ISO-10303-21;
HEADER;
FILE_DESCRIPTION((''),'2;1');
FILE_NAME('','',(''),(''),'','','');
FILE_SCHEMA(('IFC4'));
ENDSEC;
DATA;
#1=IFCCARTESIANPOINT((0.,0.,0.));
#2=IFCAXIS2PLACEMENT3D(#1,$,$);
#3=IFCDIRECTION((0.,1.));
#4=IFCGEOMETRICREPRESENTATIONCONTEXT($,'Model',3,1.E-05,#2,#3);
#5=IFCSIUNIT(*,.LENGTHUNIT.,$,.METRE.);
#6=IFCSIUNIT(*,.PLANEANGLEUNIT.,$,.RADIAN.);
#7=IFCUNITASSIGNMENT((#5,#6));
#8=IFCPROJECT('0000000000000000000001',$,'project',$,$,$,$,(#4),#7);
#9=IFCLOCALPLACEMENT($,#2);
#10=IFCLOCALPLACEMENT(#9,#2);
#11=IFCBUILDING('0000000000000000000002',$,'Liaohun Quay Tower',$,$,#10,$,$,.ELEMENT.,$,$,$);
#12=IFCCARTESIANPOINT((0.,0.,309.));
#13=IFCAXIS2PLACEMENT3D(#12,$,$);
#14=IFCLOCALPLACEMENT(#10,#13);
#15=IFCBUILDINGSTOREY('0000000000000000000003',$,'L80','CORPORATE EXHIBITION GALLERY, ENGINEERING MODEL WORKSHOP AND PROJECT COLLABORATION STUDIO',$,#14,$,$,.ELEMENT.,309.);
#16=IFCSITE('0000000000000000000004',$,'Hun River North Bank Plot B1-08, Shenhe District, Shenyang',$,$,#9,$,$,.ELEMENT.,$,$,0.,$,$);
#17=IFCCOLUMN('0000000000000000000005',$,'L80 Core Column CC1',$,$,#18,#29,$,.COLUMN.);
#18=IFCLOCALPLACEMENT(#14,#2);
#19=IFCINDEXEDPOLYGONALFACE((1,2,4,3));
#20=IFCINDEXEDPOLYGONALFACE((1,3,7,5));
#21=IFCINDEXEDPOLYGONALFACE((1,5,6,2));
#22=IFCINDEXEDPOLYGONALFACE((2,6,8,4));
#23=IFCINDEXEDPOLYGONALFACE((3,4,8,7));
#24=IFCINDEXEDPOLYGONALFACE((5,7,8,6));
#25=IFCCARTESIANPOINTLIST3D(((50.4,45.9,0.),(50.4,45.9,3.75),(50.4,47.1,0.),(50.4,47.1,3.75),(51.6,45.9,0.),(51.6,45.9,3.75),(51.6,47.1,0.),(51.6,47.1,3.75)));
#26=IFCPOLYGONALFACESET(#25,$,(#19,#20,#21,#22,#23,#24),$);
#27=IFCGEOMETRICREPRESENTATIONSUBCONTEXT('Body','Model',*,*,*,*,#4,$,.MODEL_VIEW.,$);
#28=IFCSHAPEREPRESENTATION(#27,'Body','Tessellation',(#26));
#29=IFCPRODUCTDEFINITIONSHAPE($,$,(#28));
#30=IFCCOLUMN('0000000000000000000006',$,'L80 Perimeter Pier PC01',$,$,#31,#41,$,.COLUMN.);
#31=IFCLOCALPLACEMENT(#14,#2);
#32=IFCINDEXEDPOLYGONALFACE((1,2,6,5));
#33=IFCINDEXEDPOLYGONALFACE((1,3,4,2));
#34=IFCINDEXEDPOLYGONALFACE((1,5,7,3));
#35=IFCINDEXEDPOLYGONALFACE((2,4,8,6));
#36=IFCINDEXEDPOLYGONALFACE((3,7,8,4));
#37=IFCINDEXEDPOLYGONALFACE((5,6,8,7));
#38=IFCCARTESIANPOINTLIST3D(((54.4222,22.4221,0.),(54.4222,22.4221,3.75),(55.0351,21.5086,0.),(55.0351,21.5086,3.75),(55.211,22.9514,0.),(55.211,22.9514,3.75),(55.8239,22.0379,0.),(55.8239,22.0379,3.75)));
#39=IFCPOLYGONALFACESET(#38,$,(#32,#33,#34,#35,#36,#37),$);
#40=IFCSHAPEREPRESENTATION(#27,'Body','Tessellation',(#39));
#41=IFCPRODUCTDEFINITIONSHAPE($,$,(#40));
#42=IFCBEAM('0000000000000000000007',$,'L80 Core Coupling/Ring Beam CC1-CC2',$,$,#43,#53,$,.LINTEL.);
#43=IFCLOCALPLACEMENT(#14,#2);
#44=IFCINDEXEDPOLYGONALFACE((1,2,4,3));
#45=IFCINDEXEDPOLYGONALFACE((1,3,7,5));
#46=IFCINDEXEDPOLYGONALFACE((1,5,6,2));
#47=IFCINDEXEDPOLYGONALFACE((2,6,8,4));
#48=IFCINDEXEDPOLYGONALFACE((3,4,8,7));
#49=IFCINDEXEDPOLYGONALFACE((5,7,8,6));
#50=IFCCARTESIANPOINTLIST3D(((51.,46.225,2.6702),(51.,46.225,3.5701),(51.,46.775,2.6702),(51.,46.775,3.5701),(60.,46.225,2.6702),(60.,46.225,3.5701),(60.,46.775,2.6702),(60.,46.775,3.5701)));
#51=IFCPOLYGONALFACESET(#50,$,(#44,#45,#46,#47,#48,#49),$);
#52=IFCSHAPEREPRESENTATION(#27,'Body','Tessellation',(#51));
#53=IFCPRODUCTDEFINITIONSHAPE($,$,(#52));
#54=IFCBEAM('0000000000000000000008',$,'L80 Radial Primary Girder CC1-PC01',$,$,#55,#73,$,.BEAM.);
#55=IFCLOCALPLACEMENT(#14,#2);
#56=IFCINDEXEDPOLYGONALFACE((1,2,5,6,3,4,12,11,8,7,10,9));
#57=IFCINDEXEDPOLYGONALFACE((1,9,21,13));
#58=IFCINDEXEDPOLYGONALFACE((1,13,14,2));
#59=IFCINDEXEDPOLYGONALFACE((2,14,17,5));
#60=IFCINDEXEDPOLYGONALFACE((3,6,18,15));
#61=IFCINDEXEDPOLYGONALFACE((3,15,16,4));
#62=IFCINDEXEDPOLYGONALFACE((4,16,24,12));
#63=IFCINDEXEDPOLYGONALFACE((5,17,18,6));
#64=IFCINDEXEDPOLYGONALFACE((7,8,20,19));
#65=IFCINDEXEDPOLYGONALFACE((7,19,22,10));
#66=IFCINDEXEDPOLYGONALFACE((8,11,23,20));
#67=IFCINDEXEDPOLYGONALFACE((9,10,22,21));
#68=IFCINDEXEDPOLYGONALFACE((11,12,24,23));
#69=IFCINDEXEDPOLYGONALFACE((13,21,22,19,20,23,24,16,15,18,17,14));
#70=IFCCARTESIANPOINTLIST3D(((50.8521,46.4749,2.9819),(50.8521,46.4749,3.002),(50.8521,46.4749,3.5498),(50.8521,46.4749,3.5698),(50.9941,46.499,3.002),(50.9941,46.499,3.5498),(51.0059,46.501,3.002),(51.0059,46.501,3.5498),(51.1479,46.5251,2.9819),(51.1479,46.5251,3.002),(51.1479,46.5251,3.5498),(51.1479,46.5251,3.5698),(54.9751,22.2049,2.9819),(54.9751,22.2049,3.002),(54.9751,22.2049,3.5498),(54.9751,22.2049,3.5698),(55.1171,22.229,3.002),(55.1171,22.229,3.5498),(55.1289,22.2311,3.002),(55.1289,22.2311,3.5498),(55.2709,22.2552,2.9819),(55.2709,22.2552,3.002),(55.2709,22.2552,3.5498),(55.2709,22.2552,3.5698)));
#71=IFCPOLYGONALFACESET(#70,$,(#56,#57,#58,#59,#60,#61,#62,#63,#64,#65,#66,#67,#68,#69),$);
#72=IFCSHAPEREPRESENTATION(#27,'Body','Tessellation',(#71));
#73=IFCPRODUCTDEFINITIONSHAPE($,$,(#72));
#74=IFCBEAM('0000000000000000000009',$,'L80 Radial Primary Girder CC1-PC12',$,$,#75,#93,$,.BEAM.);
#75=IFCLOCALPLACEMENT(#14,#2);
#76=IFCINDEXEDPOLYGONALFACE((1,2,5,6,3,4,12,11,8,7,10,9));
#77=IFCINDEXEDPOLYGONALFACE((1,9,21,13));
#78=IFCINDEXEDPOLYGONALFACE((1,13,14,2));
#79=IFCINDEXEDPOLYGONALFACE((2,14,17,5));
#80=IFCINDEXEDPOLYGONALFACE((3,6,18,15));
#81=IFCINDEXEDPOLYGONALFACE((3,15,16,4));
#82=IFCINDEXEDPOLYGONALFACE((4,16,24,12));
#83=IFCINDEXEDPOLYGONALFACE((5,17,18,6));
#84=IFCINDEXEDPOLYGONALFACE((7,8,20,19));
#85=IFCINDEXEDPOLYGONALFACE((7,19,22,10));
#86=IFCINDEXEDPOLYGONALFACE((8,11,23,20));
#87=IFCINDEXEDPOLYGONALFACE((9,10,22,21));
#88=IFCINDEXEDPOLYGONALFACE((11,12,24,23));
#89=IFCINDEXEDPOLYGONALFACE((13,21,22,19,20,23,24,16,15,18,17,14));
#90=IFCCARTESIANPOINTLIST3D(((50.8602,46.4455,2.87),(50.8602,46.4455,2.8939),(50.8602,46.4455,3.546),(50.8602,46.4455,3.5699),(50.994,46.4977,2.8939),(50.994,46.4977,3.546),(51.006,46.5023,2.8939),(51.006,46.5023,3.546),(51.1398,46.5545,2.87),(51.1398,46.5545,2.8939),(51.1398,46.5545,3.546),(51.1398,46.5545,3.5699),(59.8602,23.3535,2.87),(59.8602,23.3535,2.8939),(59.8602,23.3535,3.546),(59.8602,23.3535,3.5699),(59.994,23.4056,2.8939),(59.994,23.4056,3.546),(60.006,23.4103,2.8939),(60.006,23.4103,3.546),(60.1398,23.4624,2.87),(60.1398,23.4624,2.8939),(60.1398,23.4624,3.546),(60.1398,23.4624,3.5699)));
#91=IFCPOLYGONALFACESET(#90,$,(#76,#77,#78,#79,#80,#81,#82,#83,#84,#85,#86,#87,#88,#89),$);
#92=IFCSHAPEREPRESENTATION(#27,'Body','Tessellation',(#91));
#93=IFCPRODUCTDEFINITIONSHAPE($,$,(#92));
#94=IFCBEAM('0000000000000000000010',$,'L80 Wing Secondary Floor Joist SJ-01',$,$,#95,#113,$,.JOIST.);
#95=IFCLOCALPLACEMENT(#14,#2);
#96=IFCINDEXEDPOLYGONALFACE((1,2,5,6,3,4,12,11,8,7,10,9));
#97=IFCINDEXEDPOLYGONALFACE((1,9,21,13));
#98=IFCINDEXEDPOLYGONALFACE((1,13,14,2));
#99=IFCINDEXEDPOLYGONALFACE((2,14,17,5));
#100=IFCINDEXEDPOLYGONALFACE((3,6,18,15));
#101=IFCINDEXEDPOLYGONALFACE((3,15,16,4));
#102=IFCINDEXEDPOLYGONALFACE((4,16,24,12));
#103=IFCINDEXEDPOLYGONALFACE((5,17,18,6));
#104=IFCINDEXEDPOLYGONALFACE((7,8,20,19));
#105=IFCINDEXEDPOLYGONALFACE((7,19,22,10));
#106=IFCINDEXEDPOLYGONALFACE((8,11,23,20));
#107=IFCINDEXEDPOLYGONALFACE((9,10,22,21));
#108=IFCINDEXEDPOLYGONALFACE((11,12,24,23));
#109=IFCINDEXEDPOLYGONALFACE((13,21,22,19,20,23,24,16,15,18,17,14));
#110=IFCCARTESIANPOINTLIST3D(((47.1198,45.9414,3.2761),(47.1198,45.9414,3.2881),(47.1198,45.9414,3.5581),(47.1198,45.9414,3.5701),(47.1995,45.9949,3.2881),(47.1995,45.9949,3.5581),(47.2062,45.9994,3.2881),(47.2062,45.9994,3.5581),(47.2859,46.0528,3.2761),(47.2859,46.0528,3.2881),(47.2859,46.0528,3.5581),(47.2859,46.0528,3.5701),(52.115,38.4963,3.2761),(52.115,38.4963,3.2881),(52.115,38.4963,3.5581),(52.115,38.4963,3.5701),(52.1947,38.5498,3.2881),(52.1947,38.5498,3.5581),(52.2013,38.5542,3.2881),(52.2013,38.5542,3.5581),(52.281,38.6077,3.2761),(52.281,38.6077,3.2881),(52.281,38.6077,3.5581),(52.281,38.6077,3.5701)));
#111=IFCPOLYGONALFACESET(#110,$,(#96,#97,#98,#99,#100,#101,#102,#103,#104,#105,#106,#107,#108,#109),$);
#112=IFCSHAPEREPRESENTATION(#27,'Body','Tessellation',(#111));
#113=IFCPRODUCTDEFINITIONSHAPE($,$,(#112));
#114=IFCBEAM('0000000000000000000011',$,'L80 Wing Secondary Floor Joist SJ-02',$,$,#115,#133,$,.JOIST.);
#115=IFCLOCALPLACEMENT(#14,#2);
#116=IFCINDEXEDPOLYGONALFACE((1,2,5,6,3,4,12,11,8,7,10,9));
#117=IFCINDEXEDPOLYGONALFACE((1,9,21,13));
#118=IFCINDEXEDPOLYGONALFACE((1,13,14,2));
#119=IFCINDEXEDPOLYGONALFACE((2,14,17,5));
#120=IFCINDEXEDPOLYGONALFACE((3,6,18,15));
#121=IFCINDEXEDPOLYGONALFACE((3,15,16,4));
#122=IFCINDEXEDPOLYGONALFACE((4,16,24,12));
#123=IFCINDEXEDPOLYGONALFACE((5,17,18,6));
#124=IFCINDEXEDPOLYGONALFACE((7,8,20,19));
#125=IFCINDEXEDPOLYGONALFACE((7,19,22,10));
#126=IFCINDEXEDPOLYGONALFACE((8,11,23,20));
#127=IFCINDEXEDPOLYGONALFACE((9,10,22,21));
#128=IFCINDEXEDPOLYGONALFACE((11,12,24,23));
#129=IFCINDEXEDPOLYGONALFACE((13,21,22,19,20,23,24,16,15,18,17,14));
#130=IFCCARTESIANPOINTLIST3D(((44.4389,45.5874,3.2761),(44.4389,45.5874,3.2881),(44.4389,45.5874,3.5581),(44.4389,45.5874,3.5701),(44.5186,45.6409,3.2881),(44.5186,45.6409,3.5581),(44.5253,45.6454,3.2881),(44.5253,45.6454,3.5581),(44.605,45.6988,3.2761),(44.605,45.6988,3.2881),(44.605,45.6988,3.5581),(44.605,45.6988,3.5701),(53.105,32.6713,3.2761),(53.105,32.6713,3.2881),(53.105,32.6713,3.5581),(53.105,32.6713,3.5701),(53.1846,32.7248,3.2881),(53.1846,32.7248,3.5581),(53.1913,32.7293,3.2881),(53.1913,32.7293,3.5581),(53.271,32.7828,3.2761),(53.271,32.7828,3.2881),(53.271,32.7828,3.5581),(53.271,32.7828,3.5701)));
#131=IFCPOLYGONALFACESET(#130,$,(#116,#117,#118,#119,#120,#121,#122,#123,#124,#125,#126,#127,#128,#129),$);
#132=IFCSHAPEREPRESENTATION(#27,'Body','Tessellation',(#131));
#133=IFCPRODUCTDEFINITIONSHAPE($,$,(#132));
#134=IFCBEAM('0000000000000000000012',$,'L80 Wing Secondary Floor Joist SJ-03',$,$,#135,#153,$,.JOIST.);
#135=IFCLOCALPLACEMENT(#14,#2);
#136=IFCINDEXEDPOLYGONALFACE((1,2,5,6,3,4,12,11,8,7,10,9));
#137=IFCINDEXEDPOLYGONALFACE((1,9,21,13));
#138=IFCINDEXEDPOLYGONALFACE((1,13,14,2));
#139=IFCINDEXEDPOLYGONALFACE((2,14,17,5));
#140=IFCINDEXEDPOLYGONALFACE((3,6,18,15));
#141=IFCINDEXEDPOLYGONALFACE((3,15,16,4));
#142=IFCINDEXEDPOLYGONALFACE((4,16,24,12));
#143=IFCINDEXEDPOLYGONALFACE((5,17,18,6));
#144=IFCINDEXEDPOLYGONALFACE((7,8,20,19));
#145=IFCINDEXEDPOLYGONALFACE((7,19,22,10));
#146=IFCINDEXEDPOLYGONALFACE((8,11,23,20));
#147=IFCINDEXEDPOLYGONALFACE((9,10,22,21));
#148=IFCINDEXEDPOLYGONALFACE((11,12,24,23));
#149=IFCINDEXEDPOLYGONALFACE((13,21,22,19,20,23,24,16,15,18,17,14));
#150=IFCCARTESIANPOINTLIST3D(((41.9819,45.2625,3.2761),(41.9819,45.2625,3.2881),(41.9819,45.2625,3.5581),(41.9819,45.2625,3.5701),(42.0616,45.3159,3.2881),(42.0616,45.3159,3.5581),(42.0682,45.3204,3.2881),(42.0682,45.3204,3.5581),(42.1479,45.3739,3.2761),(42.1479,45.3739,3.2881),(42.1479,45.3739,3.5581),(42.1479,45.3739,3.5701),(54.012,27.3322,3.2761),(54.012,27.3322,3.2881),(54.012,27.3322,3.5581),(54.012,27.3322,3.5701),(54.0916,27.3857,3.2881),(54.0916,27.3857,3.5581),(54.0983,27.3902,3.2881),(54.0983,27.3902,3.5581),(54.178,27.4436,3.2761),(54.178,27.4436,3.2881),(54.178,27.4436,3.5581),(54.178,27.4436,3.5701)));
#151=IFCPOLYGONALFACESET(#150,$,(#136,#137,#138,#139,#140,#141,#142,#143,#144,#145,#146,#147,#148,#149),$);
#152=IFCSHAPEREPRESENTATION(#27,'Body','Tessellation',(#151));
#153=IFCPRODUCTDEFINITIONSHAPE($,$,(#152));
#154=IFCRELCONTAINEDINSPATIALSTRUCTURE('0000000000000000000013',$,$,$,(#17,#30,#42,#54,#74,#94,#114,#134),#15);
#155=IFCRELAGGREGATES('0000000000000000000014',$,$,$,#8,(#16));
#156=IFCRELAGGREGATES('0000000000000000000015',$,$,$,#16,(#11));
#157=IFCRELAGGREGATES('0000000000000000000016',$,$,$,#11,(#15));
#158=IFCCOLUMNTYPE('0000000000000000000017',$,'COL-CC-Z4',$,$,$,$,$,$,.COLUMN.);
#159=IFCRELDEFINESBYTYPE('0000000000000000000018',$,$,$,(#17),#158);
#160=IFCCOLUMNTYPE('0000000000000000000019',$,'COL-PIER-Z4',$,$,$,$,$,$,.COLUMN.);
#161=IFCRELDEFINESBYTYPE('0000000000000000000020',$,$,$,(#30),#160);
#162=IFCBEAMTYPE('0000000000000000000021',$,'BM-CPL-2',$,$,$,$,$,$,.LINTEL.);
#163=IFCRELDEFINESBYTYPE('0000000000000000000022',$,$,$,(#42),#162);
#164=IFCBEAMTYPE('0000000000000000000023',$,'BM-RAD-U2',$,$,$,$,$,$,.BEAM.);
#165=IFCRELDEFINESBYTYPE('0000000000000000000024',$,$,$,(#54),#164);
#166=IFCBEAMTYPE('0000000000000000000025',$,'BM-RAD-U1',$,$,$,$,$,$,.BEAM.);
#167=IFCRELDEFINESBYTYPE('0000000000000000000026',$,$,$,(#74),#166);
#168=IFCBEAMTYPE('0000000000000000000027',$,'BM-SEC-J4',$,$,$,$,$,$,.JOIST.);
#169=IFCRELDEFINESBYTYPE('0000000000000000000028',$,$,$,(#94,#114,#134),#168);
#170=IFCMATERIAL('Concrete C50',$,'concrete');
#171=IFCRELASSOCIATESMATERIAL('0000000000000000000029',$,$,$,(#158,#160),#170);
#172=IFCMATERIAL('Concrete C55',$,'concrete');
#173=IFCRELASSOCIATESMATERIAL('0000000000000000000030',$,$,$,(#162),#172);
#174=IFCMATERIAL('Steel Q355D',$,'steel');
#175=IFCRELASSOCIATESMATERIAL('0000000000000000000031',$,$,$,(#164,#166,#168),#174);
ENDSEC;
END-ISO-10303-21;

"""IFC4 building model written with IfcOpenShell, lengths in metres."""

from ifc_helpers import new_model, si_unit, direction, frame, origin, origin_2d, place, context, subcontext, project, spatial, rectangle, i_section, extrude, source, transform, mapped, material, material_profile, profile_set, type_object, element, save


model = new_model("IFC4")

# Units and contexts
model_context = context("Model", 3, precision=1e-05, world=origin(), true_north=direction((0.0, 1.0)))
body_context = subcontext(model_context, "Body", "Model", "MODEL_VIEW")
ifc_project = project(units=[si_unit("LENGTHUNIT", "METRE"), si_unit("PLANEANGLEUNIT", "RADIAN")], contexts=[model_context])

# Site, building, storey
site_placement = place(None, origin())
site = spatial("IfcSite", under=ifc_project, at=site_placement, Name="Hun River North Bank Plot B1-08, Shenhe District, Shenyang", CompositionType="ELEMENT", RefElevation=0.0)
building_placement = place(site_placement, origin())
building = spatial("IfcBuilding", under=site, at=building_placement, Name="Liaohun Quay Tower", CompositionType="ELEMENT")
storey_placement = place(building_placement, frame((0.0, 0.0, 309.0)))
storey = spatial("IfcBuildingStorey", under=building, at=storey_placement, Name="L80", Description="CORPORATE EXHIBITION GALLERY, ENGINEERING MODEL WORKSHOP AND PROJECT COLLABORATION STUDIO", CompositionType="ELEMENT", Elevation=309.0)

# Columns
ifc_material_1 = material(Name="Concrete C50", Category="concrete")
ifc_material_profile_1 = material_profile(ifc_material_1, rectangle(XDim=1.2, YDim=1.2, at=origin_2d()), Name="RC1200x1200")
ifc_profile_set_1 = profile_set([ifc_material_profile_1], Name="Concrete C50")
column_type_1 = type_object("IfcColumnType", Name="COL-CC-Z4", PredefinedType="COLUMN", material=ifc_profile_set_1)
shared_shape_1 = source(origin(), body_context, "Body", "SweptSolid", [
    extrude(rectangle(XDim=1.2, YDim=1.2, at=origin_2d()), origin(), (0.0, 0.0, 1.0), 3.75),
])
column_1_placement = place(storey_placement, frame((51.0, 46.5, 0.0), z_axis=(0.0, 0.0, 1.0), x_axis=(1.0, 0.0, 0.0)))
element("IfcColumn", 1, at=column_1_placement, inside=storey, type_object=column_type_1, Name="L80 Core Column CC1", PredefinedType="COLUMN", context=body_context, shape_type="MappedRepresentation", body=[
    mapped(shared_shape_1, transform((0.0, 0.0, 0.0), x_axis=(1.0, 0.0, 0.0), y_axis=(0.0, 1.0, 0.0), z_axis=(0.0, 0.0, 1.0), scale=1.0)),
])
ifc_material_profile_2 = material_profile(ifc_material_1, rectangle(XDim=1.1001, YDim=0.95, at=origin_2d()), Name="RC1100x950")
ifc_profile_set_2 = profile_set([ifc_material_profile_2], Name="Concrete C50")
column_type_2 = type_object("IfcColumnType", Name="COL-PIER-Z4", PredefinedType="COLUMN", material=ifc_profile_set_2)
shared_shape_2 = source(origin(), body_context, "Body", "SweptSolid", [
    extrude(rectangle(XDim=1.1001, YDim=0.95, at=origin_2d()), origin(), (0.0, 0.0, 1.0), 3.75),
])
column_2_placement = place(storey_placement, frame((55.123, 22.23, 0.0), z_axis=(0.0, 0.0, 1.0), x_axis=(-0.557166, 0.830401, 0.0)))
element("IfcColumn", 2, at=column_2_placement, inside=storey, type_object=column_type_2, Name="L80 Perimeter Pier PC01", PredefinedType="COLUMN", context=body_context, shape_type="MappedRepresentation", body=[
    mapped(shared_shape_2, transform((0.0, 0.0, 0.0), x_axis=(1.0, 0.0, 0.0), y_axis=(0.0, 1.0, 0.0), z_axis=(0.0, 0.0, 1.0), scale=1.0)),
])

# Beams
ifc_material_2 = material(Name="Concrete C55", Category="concrete")
ifc_material_profile_3 = material_profile(ifc_material_2, rectangle(XDim=0.55, YDim=0.8999, at=origin_2d()), Name="RC550x900")
ifc_profile_set_3 = profile_set([ifc_material_profile_3], Name="Concrete C55")
beam_type_1 = type_object("IfcBeamType", Name="BM-CPL-2", PredefinedType="LINTEL", material=ifc_profile_set_3)
shared_shape_3 = source(origin(), body_context, "Body", "SweptSolid", [
    extrude(rectangle(XDim=0.55, YDim=0.8999, at=origin_2d()), origin(), (0.0, 0.0, 1.0), 9.0),
])
beam_1_placement = place(storey_placement, frame((51.0, 46.5, 3.1201), z_axis=(1.0, 0.0, 0.0), x_axis=(0.0, 1.0, 0.0)))
element("IfcBeam", 3, at=beam_1_placement, inside=storey, type_object=beam_type_1, Name="L80 Core Coupling/Ring Beam CC1-CC2", PredefinedType="LINTEL", context=body_context, shape_type="MappedRepresentation", body=[
    mapped(shared_shape_3, transform((0.0, 0.0, 0.0), x_axis=(1.0, 0.0, 0.0), y_axis=(0.0, 1.0, 0.0), z_axis=(0.0, 0.0, 1.0), scale=1.0)),
])
ifc_material_3 = material(Name="Steel Q355D", Category="steel")
ifc_material_profile_4 = material_profile(ifc_material_3, i_section(OverallWidth=0.3, OverallDepth=0.5879, WebThickness=0.012, FlangeThickness=0.02, at=origin_2d()), Name="HM588x300x12x20")
ifc_profile_set_4 = profile_set([ifc_material_profile_4], Name="Steel Q355D")
beam_type_2 = type_object("IfcBeamType", Name="BM-RAD-U2", PredefinedType="BEAM", material=ifc_profile_set_4)
shared_shape_4 = source(origin(), body_context, "Body", "SweptSolid", [
    extrude(i_section(OverallWidth=0.3, OverallDepth=0.5879, WebThickness=0.012, FlangeThickness=0.02, at=origin_2d()), origin(), (0.0, 0.0, 1.0), 24.6177),
])
beam_2_placement = place(storey_placement, frame((51.0, 46.5, 3.2759), z_axis=(0.167483, -0.985875, 0.0), x_axis=(0.985875, 0.167483, 0.0)))
element("IfcBeam", 4, at=beam_2_placement, inside=storey, type_object=beam_type_2, Name="L80 Radial Primary Girder CC1-PC01", PredefinedType="BEAM", context=body_context, shape_type="MappedRepresentation", body=[
    mapped(shared_shape_4, transform((0.0, 0.0, 0.0), x_axis=(1.0, 0.0, 0.0), y_axis=(0.0, 1.0, 0.0), z_axis=(0.0, 0.0, 1.0), scale=1.0)),
])
ifc_material_profile_5 = material_profile(ifc_material_3, i_section(OverallWidth=0.3, OverallDepth=0.7, WebThickness=0.0129, FlangeThickness=0.0239, at=origin_2d()), Name="HN700x300x13x24")
ifc_profile_set_5 = profile_set([ifc_material_profile_5], Name="Steel Q355D")
beam_type_3 = type_object("IfcBeamType", Name="BM-RAD-U1", PredefinedType="BEAM", material=ifc_profile_set_5)
shared_shape_5 = source(origin(), body_context, "Body", "SweptSolid", [
    extrude(i_section(OverallWidth=0.3, OverallDepth=0.7, WebThickness=0.0129, FlangeThickness=0.0239, at=origin_2d()), origin(), (0.0, 0.0, 1.0), 24.7839),
])
beam_3_placement = place(storey_placement, frame((51.0, 46.5, 3.22), z_axis=(0.363139, -0.931735, 0.0), x_axis=(0.931735, 0.363139, 0.0)))
element("IfcBeam", 5, at=beam_3_placement, inside=storey, type_object=beam_type_3, Name="L80 Radial Primary Girder CC1-PC12", PredefinedType="BEAM", context=body_context, shape_type="MappedRepresentation", body=[
    mapped(shared_shape_5, transform((0.0, 0.0, 0.0), x_axis=(1.0, 0.0, 0.0), y_axis=(0.0, 1.0, 0.0), z_axis=(0.0, 0.0, 1.0), scale=1.0)),
])
ifc_material_profile_6 = material_profile(ifc_material_3, i_section(OverallWidth=0.2, OverallDepth=0.2939, WebThickness=0.0081, FlangeThickness=0.012, at=origin_2d()), Name="HM294x200x8x12")
ifc_profile_set_6 = profile_set([ifc_material_profile_6], Name="Steel Q355D")
beam_type_4 = type_object("IfcBeamType", Name="BM-SEC-J4", PredefinedType="JOIST", material=ifc_profile_set_6)
shared_shape_6 = source(origin(), body_context, "Body", "SweptSolid", [
    extrude(i_section(OverallWidth=0.2, OverallDepth=0.2939, WebThickness=0.0081, FlangeThickness=0.012, at=origin_2d()), origin(), (0.0, 0.0, 1.0), 8.9656),
])
beam_4_placement = place(storey_placement, frame((52.198, 38.552, 3.4231), z_axis=(-0.557149, 0.830413, 0.0), x_axis=(-0.830413, -0.557149, 0.0)))
element("IfcBeam", 6, at=beam_4_placement, inside=storey, type_object=beam_type_4, Name="L80 Wing Secondary Floor Joist SJ-01", PredefinedType="JOIST", context=body_context, shape_type="MappedRepresentation", body=[
    mapped(shared_shape_6, transform((0.0, 0.0, 0.0), x_axis=(1.0, 0.0, 0.0), y_axis=(0.0, 1.0, 0.0), z_axis=(0.0, 0.0, 1.0), scale=1.0)),
])
shared_shape_7 = source(origin(), body_context, "Body", "SweptSolid", [
    extrude(i_section(OverallWidth=0.2, OverallDepth=0.2939, WebThickness=0.0081, FlangeThickness=0.012, at=origin_2d()), origin(), (0.0, 0.0, 1.0), 15.554),
])
beam_5_placement = place(storey_placement, frame((53.188, 32.7271, 3.4231), z_axis=(-0.557161, 0.830405, 0.0), x_axis=(-0.830405, -0.557161, 0.0)))
element("IfcBeam", 7, at=beam_5_placement, inside=storey, type_object=beam_type_4, Name="L80 Wing Secondary Floor Joist SJ-02", PredefinedType="JOIST", context=body_context, shape_type="MappedRepresentation", body=[
    mapped(shared_shape_7, transform((0.0, 0.0, 0.0), x_axis=(1.0, 0.0, 0.0), y_axis=(0.0, 1.0, 0.0), z_axis=(0.0, 0.0, 1.0), scale=1.0)),
])
shared_shape_8 = source(origin(), body_context, "Body", "SweptSolid", [
    extrude(i_section(OverallWidth=0.2, OverallDepth=0.2939, WebThickness=0.0081, FlangeThickness=0.012, at=origin_2d()), origin(), (0.0, 0.0, 1.0), 21.592),
])
beam_6_placement = place(storey_placement, frame((54.095, 27.3879, 3.4231), z_axis=(-0.557153, 0.83041, 0.0), x_axis=(-0.83041, -0.557153, 0.0)))
element("IfcBeam", 8, at=beam_6_placement, inside=storey, type_object=beam_type_4, Name="L80 Wing Secondary Floor Joist SJ-03", PredefinedType="JOIST", context=body_context, shape_type="MappedRepresentation", body=[
    mapped(shared_shape_8, transform((0.0, 0.0, 0.0), x_axis=(1.0, 0.0, 0.0), y_axis=(0.0, 1.0, 0.0), z_axis=(0.0, 0.0, 1.0), scale=1.0)),
])

save(model, "model.ifc")
